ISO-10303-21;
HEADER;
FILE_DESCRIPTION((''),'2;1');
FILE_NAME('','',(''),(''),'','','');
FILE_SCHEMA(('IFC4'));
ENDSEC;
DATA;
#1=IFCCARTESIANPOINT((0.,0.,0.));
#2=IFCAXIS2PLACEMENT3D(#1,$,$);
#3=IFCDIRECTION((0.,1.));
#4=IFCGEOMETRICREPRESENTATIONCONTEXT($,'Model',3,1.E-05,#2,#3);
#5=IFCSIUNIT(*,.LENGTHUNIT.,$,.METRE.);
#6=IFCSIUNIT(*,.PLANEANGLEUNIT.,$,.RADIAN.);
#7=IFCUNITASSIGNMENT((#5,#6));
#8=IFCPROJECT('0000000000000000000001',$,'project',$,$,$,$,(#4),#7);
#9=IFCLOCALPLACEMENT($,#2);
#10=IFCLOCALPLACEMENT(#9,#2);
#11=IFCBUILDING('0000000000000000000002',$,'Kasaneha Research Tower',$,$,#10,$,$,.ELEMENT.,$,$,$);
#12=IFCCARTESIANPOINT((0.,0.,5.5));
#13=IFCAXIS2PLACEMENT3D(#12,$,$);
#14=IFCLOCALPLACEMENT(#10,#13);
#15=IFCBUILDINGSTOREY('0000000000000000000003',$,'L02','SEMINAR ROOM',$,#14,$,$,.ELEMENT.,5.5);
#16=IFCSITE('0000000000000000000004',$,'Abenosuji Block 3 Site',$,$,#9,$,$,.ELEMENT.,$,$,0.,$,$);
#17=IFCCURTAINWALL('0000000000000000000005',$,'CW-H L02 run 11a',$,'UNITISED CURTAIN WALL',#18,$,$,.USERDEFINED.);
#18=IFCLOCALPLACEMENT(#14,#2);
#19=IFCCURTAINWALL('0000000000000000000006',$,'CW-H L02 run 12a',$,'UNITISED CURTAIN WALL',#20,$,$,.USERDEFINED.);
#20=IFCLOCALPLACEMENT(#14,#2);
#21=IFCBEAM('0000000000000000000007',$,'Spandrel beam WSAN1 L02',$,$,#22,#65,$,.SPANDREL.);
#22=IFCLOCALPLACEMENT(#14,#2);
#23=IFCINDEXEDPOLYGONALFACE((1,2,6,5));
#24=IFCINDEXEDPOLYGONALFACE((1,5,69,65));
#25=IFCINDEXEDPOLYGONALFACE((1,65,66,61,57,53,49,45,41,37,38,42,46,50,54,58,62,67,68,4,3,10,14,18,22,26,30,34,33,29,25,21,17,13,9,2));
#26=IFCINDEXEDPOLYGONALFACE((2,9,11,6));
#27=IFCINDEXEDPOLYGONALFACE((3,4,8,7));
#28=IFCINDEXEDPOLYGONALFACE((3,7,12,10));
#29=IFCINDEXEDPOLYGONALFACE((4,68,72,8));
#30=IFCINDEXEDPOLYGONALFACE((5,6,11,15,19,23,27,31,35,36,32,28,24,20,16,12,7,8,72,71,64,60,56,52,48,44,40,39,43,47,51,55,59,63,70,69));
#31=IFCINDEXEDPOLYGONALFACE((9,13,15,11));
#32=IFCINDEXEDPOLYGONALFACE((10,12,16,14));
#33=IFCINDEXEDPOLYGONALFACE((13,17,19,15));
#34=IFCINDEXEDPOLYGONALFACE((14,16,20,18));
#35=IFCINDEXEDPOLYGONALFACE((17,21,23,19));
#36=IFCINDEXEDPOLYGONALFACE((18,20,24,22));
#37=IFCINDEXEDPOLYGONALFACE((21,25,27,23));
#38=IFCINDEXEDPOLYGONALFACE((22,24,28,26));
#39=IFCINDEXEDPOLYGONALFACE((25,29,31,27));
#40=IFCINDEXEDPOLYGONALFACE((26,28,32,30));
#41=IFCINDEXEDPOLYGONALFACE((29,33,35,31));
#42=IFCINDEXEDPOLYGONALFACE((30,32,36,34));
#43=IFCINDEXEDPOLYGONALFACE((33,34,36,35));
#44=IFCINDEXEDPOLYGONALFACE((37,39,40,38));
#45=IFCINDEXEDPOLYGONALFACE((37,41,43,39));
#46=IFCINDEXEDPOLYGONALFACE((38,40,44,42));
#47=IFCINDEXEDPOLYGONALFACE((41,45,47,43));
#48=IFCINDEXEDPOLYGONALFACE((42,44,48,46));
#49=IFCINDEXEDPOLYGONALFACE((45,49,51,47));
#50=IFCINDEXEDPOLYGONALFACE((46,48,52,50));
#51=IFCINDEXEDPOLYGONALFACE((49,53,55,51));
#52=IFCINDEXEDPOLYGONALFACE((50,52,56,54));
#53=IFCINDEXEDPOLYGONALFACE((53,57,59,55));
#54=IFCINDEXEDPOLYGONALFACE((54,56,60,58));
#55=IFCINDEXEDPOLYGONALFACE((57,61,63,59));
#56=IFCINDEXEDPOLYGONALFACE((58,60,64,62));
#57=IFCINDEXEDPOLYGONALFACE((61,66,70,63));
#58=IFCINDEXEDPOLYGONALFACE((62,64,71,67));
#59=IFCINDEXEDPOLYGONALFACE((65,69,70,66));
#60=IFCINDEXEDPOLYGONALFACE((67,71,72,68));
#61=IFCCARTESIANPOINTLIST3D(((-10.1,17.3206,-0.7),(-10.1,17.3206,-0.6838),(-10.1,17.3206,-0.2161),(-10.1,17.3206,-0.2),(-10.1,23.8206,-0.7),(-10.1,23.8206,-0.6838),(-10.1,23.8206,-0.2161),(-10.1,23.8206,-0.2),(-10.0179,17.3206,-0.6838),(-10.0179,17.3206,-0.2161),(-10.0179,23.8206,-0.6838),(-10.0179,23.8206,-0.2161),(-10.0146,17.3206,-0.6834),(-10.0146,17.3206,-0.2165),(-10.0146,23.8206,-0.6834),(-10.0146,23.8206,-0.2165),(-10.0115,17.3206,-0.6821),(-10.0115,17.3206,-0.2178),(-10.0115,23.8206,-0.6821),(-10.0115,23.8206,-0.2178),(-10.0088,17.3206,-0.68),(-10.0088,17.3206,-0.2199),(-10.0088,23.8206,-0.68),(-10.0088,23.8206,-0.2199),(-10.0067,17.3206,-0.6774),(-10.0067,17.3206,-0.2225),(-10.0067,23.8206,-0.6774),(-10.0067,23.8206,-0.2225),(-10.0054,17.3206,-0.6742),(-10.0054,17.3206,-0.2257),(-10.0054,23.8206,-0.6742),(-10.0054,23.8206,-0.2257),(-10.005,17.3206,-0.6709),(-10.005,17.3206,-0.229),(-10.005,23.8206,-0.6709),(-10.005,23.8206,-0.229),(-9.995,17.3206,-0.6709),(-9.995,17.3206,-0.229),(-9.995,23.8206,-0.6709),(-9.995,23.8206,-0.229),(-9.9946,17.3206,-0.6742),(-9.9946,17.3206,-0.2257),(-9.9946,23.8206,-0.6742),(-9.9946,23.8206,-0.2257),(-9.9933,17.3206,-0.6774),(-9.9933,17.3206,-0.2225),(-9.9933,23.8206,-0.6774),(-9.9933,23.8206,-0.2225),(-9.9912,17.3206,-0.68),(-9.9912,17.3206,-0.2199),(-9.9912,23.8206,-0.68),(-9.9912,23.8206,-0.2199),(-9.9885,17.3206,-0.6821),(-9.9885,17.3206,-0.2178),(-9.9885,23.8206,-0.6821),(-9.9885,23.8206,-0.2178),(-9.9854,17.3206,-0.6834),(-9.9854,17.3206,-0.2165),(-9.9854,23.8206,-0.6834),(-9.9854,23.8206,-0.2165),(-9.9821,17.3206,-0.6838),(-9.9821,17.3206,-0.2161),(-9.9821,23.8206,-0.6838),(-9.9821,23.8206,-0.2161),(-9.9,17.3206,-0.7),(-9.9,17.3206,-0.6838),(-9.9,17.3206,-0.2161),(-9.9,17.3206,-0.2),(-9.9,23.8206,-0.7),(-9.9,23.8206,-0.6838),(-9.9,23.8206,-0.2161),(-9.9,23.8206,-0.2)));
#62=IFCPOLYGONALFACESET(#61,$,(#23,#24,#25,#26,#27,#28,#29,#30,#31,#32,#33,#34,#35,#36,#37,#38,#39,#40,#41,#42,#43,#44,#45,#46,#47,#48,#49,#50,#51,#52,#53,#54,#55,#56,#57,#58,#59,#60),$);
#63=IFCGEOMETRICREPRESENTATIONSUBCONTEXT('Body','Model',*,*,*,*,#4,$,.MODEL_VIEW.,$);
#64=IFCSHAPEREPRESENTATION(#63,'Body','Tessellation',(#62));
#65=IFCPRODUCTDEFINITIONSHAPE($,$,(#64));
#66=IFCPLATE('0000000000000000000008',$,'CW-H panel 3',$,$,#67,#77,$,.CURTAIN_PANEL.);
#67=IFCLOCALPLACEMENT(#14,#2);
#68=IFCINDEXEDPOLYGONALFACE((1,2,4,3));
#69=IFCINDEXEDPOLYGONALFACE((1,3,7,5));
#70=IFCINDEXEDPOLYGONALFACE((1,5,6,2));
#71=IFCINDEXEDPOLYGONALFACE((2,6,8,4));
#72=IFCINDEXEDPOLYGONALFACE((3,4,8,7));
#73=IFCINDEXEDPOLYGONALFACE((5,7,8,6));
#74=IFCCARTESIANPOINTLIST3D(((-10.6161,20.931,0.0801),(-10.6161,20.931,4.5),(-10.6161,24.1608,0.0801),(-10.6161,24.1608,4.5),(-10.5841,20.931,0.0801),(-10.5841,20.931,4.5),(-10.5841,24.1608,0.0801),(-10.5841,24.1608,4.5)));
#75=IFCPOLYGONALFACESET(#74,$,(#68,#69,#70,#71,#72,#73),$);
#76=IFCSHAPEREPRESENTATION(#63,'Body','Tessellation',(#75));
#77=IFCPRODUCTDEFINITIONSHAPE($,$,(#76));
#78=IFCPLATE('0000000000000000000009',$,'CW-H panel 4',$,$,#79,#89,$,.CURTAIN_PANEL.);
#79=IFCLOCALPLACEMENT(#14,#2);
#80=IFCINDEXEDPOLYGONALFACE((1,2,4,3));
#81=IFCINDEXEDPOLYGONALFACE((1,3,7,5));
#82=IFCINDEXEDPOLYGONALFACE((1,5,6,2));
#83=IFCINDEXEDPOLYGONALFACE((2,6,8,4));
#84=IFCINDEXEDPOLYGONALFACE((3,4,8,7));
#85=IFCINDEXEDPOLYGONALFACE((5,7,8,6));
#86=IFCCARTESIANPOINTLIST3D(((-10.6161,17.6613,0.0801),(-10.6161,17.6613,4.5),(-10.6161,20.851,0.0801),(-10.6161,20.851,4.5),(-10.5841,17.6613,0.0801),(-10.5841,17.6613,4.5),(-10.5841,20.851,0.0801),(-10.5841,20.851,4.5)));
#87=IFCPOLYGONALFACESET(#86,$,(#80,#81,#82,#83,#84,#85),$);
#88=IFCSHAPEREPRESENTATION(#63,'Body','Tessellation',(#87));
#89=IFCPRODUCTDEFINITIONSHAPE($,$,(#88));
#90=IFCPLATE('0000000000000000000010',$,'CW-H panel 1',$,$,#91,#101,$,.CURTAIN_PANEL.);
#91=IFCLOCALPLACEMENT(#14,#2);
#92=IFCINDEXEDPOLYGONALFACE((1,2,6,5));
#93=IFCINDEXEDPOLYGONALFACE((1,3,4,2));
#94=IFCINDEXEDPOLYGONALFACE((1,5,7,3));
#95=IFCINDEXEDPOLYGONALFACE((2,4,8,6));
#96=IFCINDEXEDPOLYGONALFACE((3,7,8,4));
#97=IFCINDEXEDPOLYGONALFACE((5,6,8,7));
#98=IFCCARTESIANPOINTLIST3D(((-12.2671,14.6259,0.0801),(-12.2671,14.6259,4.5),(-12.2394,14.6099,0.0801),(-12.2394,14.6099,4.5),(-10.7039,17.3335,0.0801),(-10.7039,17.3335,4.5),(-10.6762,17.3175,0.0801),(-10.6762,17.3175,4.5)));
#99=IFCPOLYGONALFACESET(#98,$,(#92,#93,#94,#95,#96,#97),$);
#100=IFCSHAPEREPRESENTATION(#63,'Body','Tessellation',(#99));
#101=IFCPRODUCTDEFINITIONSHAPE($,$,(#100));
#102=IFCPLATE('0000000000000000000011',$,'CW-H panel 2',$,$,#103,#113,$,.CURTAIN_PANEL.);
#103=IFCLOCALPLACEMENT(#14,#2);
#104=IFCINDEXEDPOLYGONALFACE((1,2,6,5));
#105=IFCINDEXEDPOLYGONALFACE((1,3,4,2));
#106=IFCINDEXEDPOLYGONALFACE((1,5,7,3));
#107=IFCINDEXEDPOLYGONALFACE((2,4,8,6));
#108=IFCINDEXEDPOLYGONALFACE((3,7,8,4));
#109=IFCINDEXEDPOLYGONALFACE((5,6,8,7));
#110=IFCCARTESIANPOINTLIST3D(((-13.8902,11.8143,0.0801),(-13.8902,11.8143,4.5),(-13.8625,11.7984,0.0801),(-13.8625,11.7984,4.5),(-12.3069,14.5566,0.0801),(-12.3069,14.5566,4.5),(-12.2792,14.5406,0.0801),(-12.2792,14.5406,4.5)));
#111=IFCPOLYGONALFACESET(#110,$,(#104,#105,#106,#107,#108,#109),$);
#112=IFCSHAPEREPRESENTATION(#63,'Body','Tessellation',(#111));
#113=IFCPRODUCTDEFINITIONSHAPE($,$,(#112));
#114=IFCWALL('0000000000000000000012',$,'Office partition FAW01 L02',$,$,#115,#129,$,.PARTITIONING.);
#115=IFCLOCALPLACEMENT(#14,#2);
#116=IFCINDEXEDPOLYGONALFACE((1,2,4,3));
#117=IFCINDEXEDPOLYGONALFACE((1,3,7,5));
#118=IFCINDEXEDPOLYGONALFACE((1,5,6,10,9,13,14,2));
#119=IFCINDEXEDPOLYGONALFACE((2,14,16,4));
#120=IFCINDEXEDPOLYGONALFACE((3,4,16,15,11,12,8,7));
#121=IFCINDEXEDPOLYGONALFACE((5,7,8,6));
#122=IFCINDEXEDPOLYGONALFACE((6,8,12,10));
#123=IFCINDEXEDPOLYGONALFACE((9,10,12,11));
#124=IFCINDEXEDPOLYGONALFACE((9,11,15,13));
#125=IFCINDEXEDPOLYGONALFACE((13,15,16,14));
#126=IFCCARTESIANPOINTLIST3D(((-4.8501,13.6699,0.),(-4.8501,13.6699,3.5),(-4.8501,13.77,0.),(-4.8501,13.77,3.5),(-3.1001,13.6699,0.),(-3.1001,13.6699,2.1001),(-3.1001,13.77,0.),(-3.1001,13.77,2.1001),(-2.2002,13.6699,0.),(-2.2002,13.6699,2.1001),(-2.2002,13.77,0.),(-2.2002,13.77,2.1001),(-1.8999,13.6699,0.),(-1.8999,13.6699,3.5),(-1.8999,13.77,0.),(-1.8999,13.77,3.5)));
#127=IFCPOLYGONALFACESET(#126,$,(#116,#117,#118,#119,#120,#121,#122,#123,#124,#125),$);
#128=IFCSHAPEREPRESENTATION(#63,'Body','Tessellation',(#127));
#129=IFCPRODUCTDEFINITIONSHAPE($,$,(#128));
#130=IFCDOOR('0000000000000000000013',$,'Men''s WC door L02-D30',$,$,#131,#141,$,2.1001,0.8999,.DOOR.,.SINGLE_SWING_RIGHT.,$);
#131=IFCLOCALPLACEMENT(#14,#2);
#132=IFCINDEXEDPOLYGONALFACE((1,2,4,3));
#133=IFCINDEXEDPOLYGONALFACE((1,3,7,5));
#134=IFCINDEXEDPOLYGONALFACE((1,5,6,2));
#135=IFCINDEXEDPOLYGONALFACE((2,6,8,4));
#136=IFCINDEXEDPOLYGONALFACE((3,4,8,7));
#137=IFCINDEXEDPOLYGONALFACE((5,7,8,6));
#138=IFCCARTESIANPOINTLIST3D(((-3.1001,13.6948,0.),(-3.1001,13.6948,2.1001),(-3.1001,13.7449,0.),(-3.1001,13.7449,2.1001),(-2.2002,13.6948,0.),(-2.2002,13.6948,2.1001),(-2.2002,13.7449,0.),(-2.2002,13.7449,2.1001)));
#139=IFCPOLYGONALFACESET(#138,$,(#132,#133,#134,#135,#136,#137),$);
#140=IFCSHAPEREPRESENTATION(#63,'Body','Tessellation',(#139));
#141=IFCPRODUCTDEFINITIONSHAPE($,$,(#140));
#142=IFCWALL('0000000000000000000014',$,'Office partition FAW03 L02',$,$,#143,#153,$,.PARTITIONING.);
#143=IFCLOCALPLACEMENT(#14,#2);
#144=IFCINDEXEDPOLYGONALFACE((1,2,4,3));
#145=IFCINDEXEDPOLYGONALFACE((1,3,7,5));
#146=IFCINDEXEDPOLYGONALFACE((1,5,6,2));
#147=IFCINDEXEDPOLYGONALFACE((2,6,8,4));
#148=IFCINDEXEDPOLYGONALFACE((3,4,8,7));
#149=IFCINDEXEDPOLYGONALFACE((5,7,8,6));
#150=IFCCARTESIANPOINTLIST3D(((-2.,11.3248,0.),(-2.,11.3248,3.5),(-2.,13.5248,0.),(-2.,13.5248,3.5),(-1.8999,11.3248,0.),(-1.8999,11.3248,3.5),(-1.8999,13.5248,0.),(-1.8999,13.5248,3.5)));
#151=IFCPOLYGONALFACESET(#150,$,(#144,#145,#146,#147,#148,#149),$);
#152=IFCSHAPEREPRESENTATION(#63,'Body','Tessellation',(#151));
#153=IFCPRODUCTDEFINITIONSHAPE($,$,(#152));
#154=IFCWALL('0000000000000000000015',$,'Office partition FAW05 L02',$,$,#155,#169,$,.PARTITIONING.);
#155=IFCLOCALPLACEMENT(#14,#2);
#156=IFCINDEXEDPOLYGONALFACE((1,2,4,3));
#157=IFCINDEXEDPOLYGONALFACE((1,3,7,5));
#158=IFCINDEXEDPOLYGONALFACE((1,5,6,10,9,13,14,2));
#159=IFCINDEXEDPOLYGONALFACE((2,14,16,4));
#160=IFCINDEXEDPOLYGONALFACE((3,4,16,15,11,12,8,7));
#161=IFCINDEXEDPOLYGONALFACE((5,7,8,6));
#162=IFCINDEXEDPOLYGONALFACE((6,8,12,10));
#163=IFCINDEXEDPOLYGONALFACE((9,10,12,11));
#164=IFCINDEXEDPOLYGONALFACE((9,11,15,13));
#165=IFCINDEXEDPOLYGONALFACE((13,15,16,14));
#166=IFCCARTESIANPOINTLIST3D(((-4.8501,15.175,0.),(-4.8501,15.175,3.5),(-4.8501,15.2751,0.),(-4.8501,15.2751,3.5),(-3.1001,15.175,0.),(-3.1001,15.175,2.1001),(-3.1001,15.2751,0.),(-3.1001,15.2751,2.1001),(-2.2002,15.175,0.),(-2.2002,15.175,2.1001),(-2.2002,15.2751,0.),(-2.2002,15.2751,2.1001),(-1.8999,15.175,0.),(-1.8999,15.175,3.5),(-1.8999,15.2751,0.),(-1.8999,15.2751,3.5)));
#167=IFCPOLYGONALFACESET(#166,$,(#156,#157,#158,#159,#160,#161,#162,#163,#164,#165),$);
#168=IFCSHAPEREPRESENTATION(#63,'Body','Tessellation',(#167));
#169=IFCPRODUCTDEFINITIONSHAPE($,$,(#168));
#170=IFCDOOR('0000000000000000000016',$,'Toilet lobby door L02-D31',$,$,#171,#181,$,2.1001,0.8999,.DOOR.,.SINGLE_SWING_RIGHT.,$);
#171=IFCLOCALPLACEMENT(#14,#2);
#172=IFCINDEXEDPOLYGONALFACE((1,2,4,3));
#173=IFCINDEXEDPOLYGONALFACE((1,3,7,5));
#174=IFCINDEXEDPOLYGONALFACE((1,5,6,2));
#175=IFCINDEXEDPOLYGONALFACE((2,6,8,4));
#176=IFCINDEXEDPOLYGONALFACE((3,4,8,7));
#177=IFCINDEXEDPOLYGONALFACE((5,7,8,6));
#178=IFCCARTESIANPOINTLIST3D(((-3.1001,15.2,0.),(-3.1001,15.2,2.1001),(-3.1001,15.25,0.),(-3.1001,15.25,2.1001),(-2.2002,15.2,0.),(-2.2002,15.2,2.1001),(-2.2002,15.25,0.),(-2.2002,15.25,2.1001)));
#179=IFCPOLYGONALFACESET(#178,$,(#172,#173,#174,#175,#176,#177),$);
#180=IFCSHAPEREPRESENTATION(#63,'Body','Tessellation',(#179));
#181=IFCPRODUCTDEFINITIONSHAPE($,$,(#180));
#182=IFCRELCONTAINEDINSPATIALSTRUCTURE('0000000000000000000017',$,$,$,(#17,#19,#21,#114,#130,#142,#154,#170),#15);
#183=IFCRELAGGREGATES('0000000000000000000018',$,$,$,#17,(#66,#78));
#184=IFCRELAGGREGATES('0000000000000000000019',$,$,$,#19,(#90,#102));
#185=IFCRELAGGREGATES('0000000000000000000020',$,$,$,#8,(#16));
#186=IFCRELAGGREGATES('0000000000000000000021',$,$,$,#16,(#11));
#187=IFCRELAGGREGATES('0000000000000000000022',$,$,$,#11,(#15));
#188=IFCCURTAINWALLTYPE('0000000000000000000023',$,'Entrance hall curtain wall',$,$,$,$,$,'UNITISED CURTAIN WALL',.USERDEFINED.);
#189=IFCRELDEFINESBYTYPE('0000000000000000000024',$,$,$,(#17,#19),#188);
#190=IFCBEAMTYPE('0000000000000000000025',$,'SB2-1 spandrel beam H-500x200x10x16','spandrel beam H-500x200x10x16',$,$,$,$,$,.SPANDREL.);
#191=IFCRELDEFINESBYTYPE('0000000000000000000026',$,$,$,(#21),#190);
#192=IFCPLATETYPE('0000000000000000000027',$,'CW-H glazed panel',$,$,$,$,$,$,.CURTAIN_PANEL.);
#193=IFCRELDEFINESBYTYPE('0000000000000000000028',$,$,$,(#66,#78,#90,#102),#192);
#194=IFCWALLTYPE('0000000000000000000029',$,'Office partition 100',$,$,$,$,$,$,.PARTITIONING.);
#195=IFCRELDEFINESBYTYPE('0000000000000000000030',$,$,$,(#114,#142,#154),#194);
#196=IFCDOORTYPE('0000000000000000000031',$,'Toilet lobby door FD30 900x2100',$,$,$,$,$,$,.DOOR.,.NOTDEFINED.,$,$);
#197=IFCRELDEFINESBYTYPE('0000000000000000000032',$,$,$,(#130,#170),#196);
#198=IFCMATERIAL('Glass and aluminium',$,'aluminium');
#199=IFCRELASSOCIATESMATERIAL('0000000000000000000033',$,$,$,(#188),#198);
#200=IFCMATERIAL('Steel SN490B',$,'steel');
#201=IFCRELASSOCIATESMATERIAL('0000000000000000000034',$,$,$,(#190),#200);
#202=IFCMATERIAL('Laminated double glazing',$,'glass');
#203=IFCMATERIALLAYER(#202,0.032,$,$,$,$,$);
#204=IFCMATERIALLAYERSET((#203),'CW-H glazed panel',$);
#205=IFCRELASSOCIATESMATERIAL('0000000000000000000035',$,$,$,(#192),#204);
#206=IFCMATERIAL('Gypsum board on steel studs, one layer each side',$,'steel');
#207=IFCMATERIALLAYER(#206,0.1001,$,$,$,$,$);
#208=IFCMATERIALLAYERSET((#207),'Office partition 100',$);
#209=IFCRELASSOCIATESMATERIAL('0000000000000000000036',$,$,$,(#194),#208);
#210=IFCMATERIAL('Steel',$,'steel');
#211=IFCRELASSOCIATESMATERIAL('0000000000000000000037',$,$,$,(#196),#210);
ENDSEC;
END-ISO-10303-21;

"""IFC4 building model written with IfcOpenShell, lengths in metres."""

from ifc_helpers import new_model, si_unit, direction, frame, frame_2d, origin, origin_2d, place, context, subcontext, project, spatial, rectangle, i_section, extrude, material, layer, layer_set, material_profile, profile_set, type_object, element, fill, aggregate, save


model = new_model("IFC4")

# Units and contexts
model_context = context("Model", 3, precision=1e-05, world=origin(), true_north=direction((0.0, 1.0)))
body_context = subcontext(model_context, "Body", "Model", "MODEL_VIEW")
ifc_project = project(units=[si_unit("LENGTHUNIT", "METRE"), si_unit("PLANEANGLEUNIT", "RADIAN")], contexts=[model_context])

# Site, building, storey
site_placement = place(None, origin())
site = spatial("IfcSite", under=ifc_project, at=site_placement, Name="Abenosuji Block 3 Site", CompositionType="ELEMENT", RefElevation=0.0)
building_placement = place(site_placement, origin())
building = spatial("IfcBuilding", under=site, at=building_placement, Name="Kasaneha Research Tower", CompositionType="ELEMENT")
storey_placement = place(building_placement, frame((0.0, 0.0, 5.5)))
storey = spatial("IfcBuildingStorey", under=building, at=storey_placement, Name="L02", Description="SEMINAR ROOM", CompositionType="ELEMENT", Elevation=5.5)

# Curtain walls
ifc_material_1 = material(Name="Glass and aluminium", Category="aluminium")
curtain_wall_type = type_object("IfcCurtainWallType", Name="Entrance hall curtain wall", ElementType="UNITISED CURTAIN WALL", PredefinedType="USERDEFINED", material=ifc_material_1)
curtain_wall_1_placement = place(storey_placement, origin())
curtain_wall_1 = element("IfcCurtainWall", 1, at=curtain_wall_1_placement, inside=storey, type_object=curtain_wall_type, Name="CW-H L02 run 11a", ObjectType="UNITISED CURTAIN WALL", PredefinedType="USERDEFINED")
curtain_wall_2_placement = place(storey_placement, origin())
curtain_wall_2 = element("IfcCurtainWall", 2, at=curtain_wall_2_placement, inside=storey, type_object=curtain_wall_type, Name="CW-H L02 run 12a", ObjectType="UNITISED CURTAIN WALL", PredefinedType="USERDEFINED")

# Beam
ifc_material_2 = material(Name="Steel SN490B", Category="steel")
ifc_material_profile_1 = material_profile(ifc_material_2, i_section(OverallWidth=0.2, OverallDepth=0.5, WebThickness=0.01, FlangeThickness=0.0161, FilletRadius=0.0129, at=origin_2d()), Name="H-500x200x10x16")
ifc_profile_set_1 = profile_set([ifc_material_profile_1], Name="Steel SN490B")
beam_type_1 = type_object("IfcBeamType", Name="SB2-1 spandrel beam H-500x200x10x16", Description="spandrel beam H-500x200x10x16", PredefinedType="SPANDREL", material=ifc_profile_set_1)
beam_1_placement = place(storey_placement, frame((-10.0, 17.3206, -0.45), z_axis=(0.0, 1.0, 0.0), x_axis=(-1.0, 0.0, 0.0)))
element("IfcBeam", 3, at=beam_1_placement, inside=storey, type_object=beam_type_1, Name="Spandrel beam WSAN1 L02", PredefinedType="SPANDREL", context=body_context, shape_type="SweptSolid", body=[
    extrude(i_section(OverallWidth=0.2, OverallDepth=0.5, WebThickness=0.01, FlangeThickness=0.0161, FilletRadius=0.0129, at=origin_2d()), origin(), (0.0, 0.0, 1.0), 6.5),
])

# Plates
ifc_material_3 = material(Name="Laminated double glazing", Category="glass")
ifc_layer_1 = layer(ifc_material_3, 0.032)
ifc_layer_set_1 = layer_set([ifc_layer_1], Name="CW-H glazed panel")
plate_type = type_object("IfcPlateType", Name="CW-H glazed panel", PredefinedType="CURTAIN_PANEL", material=ifc_layer_set_1)
plate_1_placement = place(storey_placement, frame((-10.6001, 22.5459, 0.0801), z_axis=(0.0, 0.0, 1.0), x_axis=(0.0, -1.0, 0.0)))
plate_1 = element("IfcPlate", 4, at=plate_1_placement, type_object=plate_type, Name="CW-H panel 3", PredefinedType="CURTAIN_PANEL", context=body_context, shape_type="SweptSolid", body=[
    extrude(rectangle(XDim=3.2297, YDim=0.032, at=origin_2d()), origin(), (0.0, 0.0, 1.0), 4.4199),
])
plate_2_placement = place(storey_placement, frame((-10.6001, 19.2561, 0.0801), z_axis=(0.0, 0.0, 1.0), x_axis=(0.0, -1.0, 0.0)))
plate_2 = element("IfcPlate", 5, at=plate_2_placement, type_object=plate_type, Name="CW-H panel 4", PredefinedType="CURTAIN_PANEL", context=body_context, shape_type="SweptSolid", body=[
    extrude(rectangle(XDim=3.1897, YDim=0.032, at=origin_2d()), origin(), (0.0, 0.0, 1.0), 4.4199),
])
aggregate(curtain_wall_1, [plate_1, plate_2])
plate_3_placement = place(storey_placement, frame((-11.4717, 15.9717, 0.0801), z_axis=(0.0, 0.0, 1.0), x_axis=(-0.5, -0.866025, 0.0)))
plate_3 = element("IfcPlate", 6, at=plate_3_placement, type_object=plate_type, Name="CW-H panel 1", PredefinedType="CURTAIN_PANEL", context=body_context, shape_type="SweptSolid", body=[
    extrude(rectangle(XDim=3.1265, YDim=0.032, at=origin_2d()), origin(), (0.0, 0.0, 1.0), 4.4199),
])
plate_4_placement = place(storey_placement, frame((-13.0847, 13.1775, 0.0801), z_axis=(0.0, 0.0, 1.0), x_axis=(-0.5, -0.866025, 0.0)))
plate_4 = element("IfcPlate", 7, at=plate_4_placement, type_object=plate_type, Name="CW-H panel 2", PredefinedType="CURTAIN_PANEL", context=body_context, shape_type="SweptSolid", body=[
    extrude(rectangle(XDim=3.1665, YDim=0.032, at=origin_2d()), origin(), (0.0, 0.0, 1.0), 4.4199),
])
aggregate(curtain_wall_2, [plate_3, plate_4])

# Wall, opening, door
ifc_material_4 = material(Name="Gypsum board on steel studs, one layer each side", Category="steel")
ifc_layer_2 = layer(ifc_material_4, 0.1001)
ifc_layer_set_2 = layer_set([ifc_layer_2], Name="Office partition 100")
wall_type_1 = type_object("IfcWallType", Name="Office partition 100", PredefinedType="PARTITIONING", material=ifc_layer_set_2)
wall_1_placement = place(storey_placement, frame((-4.8501, 13.72, 0.0), z_axis=(0.0, 0.0, 1.0), x_axis=(1.0, 0.0, 0.0)))
wall_1 = element("IfcWall", 8, at=wall_1_placement, inside=storey, type_object=wall_type_1, Name="Office partition FAW01 L02", PredefinedType="PARTITIONING", context=body_context, shape_type="SweptSolid", body=[
    extrude(rectangle(XDim=2.9502, YDim=0.1001, at=frame_2d((1.4751, 0.0))), origin(), (0.0, 0.0, 1.0), 3.5),
])
opening_1_placement = place(wall_1_placement, frame((1.75, 0.0, 0.0)))
opening_1 = element("IfcOpeningElement", 9, at=opening_1_placement, cuts=wall_1, PredefinedType="OPENING", context=body_context, shape_type="SweptSolid", body=[
    extrude(rectangle(XDim=0.8999, YDim=2.1001, at=frame_2d((0.45, 1.05))), frame((0.0, 0.0601, 0.0), z_axis=(0.0, -1.0, 0.0), x_axis=(1.0, 0.0, 0.0)), (0.0, 0.0, 1.0), 0.1201),
])
ifc_material_5 = material(Name="Steel", Category="steel")
door_type = type_object("IfcDoorType", Name="Toilet lobby door FD30 900x2100", OperationType="NOTDEFINED", PredefinedType="DOOR", material=ifc_material_5)
door_1_placement = place(opening_1_placement, origin())
door_1 = element("IfcDoor", 10, at=door_1_placement, inside=storey, type_object=door_type, Name="Men's WC door L02-D30", OperationType="SINGLE_SWING_RIGHT", OverallHeight=2.1001, OverallWidth=0.8999, PredefinedType="DOOR", context=body_context, shape_type="SweptSolid", body=[
    extrude(rectangle(XDim=0.8999, YDim=2.1001, at=frame_2d((0.45, 1.05))), frame((0.0, 0.0249, 0.0), z_axis=(0.0, -1.0, 0.0), x_axis=(1.0, 0.0, 0.0)), (0.0, 0.0, 1.0), 0.05),
])
fill(opening_1, door_1)

# Wall
wall_2_placement = place(storey_placement, frame((-1.95, 13.5249, 0.0), z_axis=(0.0, 0.0, 1.0), x_axis=(0.0, -1.0, 0.0)))
element("IfcWall", 11, at=wall_2_placement, inside=storey, type_object=wall_type_1, Name="Office partition FAW03 L02", PredefinedType="PARTITIONING", context=body_context, shape_type="SweptSolid", body=[
    extrude(rectangle(XDim=2.2, YDim=0.1001, at=frame_2d((1.1001, 0.0))), origin(), (0.0, 0.0, 1.0), 3.5),
])

# Wall, opening, door
wall_3_placement = place(storey_placement, frame((-4.8501, 15.2251, 0.0), z_axis=(0.0, 0.0, 1.0), x_axis=(1.0, 0.0, 0.0)))
wall_3 = element("IfcWall", 12, at=wall_3_placement, inside=storey, type_object=wall_type_1, Name="Office partition FAW05 L02", PredefinedType="PARTITIONING", context=body_context, shape_type="SweptSolid", body=[
    extrude(rectangle(XDim=2.9502, YDim=0.1001, at=frame_2d((1.4751, 0.0))), origin(), (0.0, 0.0, 1.0), 3.5),
])
opening_2_placement = place(wall_3_placement, frame((1.75, 0.0, 0.0)))
opening_2 = element("IfcOpeningElement", 13, at=opening_2_placement, cuts=wall_3, PredefinedType="OPENING", context=body_context, shape_type="SweptSolid", body=[
    extrude(rectangle(XDim=0.8999, YDim=2.1001, at=frame_2d((0.45, 1.05))), frame((0.0, 0.0601, 0.0), z_axis=(0.0, -1.0, 0.0), x_axis=(1.0, 0.0, 0.0)), (0.0, 0.0, 1.0), 0.1201),
])
door_2_placement = place(opening_2_placement, origin())
door_2 = element("IfcDoor", 14, at=door_2_placement, inside=storey, type_object=door_type, Name="Toilet lobby door L02-D31", OperationType="SINGLE_SWING_RIGHT", OverallHeight=2.1001, OverallWidth=0.8999, PredefinedType="DOOR", context=body_context, shape_type="SweptSolid", body=[
    extrude(rectangle(XDim=0.8999, YDim=2.1001, at=frame_2d((0.45, 1.05))), frame((0.0, 0.0249, 0.0), z_axis=(0.0, -1.0, 0.0), x_axis=(1.0, 0.0, 0.0)), (0.0, 0.0, 1.0), 0.05),
])
fill(opening_2, door_2)

save(model, "model.ifc")
